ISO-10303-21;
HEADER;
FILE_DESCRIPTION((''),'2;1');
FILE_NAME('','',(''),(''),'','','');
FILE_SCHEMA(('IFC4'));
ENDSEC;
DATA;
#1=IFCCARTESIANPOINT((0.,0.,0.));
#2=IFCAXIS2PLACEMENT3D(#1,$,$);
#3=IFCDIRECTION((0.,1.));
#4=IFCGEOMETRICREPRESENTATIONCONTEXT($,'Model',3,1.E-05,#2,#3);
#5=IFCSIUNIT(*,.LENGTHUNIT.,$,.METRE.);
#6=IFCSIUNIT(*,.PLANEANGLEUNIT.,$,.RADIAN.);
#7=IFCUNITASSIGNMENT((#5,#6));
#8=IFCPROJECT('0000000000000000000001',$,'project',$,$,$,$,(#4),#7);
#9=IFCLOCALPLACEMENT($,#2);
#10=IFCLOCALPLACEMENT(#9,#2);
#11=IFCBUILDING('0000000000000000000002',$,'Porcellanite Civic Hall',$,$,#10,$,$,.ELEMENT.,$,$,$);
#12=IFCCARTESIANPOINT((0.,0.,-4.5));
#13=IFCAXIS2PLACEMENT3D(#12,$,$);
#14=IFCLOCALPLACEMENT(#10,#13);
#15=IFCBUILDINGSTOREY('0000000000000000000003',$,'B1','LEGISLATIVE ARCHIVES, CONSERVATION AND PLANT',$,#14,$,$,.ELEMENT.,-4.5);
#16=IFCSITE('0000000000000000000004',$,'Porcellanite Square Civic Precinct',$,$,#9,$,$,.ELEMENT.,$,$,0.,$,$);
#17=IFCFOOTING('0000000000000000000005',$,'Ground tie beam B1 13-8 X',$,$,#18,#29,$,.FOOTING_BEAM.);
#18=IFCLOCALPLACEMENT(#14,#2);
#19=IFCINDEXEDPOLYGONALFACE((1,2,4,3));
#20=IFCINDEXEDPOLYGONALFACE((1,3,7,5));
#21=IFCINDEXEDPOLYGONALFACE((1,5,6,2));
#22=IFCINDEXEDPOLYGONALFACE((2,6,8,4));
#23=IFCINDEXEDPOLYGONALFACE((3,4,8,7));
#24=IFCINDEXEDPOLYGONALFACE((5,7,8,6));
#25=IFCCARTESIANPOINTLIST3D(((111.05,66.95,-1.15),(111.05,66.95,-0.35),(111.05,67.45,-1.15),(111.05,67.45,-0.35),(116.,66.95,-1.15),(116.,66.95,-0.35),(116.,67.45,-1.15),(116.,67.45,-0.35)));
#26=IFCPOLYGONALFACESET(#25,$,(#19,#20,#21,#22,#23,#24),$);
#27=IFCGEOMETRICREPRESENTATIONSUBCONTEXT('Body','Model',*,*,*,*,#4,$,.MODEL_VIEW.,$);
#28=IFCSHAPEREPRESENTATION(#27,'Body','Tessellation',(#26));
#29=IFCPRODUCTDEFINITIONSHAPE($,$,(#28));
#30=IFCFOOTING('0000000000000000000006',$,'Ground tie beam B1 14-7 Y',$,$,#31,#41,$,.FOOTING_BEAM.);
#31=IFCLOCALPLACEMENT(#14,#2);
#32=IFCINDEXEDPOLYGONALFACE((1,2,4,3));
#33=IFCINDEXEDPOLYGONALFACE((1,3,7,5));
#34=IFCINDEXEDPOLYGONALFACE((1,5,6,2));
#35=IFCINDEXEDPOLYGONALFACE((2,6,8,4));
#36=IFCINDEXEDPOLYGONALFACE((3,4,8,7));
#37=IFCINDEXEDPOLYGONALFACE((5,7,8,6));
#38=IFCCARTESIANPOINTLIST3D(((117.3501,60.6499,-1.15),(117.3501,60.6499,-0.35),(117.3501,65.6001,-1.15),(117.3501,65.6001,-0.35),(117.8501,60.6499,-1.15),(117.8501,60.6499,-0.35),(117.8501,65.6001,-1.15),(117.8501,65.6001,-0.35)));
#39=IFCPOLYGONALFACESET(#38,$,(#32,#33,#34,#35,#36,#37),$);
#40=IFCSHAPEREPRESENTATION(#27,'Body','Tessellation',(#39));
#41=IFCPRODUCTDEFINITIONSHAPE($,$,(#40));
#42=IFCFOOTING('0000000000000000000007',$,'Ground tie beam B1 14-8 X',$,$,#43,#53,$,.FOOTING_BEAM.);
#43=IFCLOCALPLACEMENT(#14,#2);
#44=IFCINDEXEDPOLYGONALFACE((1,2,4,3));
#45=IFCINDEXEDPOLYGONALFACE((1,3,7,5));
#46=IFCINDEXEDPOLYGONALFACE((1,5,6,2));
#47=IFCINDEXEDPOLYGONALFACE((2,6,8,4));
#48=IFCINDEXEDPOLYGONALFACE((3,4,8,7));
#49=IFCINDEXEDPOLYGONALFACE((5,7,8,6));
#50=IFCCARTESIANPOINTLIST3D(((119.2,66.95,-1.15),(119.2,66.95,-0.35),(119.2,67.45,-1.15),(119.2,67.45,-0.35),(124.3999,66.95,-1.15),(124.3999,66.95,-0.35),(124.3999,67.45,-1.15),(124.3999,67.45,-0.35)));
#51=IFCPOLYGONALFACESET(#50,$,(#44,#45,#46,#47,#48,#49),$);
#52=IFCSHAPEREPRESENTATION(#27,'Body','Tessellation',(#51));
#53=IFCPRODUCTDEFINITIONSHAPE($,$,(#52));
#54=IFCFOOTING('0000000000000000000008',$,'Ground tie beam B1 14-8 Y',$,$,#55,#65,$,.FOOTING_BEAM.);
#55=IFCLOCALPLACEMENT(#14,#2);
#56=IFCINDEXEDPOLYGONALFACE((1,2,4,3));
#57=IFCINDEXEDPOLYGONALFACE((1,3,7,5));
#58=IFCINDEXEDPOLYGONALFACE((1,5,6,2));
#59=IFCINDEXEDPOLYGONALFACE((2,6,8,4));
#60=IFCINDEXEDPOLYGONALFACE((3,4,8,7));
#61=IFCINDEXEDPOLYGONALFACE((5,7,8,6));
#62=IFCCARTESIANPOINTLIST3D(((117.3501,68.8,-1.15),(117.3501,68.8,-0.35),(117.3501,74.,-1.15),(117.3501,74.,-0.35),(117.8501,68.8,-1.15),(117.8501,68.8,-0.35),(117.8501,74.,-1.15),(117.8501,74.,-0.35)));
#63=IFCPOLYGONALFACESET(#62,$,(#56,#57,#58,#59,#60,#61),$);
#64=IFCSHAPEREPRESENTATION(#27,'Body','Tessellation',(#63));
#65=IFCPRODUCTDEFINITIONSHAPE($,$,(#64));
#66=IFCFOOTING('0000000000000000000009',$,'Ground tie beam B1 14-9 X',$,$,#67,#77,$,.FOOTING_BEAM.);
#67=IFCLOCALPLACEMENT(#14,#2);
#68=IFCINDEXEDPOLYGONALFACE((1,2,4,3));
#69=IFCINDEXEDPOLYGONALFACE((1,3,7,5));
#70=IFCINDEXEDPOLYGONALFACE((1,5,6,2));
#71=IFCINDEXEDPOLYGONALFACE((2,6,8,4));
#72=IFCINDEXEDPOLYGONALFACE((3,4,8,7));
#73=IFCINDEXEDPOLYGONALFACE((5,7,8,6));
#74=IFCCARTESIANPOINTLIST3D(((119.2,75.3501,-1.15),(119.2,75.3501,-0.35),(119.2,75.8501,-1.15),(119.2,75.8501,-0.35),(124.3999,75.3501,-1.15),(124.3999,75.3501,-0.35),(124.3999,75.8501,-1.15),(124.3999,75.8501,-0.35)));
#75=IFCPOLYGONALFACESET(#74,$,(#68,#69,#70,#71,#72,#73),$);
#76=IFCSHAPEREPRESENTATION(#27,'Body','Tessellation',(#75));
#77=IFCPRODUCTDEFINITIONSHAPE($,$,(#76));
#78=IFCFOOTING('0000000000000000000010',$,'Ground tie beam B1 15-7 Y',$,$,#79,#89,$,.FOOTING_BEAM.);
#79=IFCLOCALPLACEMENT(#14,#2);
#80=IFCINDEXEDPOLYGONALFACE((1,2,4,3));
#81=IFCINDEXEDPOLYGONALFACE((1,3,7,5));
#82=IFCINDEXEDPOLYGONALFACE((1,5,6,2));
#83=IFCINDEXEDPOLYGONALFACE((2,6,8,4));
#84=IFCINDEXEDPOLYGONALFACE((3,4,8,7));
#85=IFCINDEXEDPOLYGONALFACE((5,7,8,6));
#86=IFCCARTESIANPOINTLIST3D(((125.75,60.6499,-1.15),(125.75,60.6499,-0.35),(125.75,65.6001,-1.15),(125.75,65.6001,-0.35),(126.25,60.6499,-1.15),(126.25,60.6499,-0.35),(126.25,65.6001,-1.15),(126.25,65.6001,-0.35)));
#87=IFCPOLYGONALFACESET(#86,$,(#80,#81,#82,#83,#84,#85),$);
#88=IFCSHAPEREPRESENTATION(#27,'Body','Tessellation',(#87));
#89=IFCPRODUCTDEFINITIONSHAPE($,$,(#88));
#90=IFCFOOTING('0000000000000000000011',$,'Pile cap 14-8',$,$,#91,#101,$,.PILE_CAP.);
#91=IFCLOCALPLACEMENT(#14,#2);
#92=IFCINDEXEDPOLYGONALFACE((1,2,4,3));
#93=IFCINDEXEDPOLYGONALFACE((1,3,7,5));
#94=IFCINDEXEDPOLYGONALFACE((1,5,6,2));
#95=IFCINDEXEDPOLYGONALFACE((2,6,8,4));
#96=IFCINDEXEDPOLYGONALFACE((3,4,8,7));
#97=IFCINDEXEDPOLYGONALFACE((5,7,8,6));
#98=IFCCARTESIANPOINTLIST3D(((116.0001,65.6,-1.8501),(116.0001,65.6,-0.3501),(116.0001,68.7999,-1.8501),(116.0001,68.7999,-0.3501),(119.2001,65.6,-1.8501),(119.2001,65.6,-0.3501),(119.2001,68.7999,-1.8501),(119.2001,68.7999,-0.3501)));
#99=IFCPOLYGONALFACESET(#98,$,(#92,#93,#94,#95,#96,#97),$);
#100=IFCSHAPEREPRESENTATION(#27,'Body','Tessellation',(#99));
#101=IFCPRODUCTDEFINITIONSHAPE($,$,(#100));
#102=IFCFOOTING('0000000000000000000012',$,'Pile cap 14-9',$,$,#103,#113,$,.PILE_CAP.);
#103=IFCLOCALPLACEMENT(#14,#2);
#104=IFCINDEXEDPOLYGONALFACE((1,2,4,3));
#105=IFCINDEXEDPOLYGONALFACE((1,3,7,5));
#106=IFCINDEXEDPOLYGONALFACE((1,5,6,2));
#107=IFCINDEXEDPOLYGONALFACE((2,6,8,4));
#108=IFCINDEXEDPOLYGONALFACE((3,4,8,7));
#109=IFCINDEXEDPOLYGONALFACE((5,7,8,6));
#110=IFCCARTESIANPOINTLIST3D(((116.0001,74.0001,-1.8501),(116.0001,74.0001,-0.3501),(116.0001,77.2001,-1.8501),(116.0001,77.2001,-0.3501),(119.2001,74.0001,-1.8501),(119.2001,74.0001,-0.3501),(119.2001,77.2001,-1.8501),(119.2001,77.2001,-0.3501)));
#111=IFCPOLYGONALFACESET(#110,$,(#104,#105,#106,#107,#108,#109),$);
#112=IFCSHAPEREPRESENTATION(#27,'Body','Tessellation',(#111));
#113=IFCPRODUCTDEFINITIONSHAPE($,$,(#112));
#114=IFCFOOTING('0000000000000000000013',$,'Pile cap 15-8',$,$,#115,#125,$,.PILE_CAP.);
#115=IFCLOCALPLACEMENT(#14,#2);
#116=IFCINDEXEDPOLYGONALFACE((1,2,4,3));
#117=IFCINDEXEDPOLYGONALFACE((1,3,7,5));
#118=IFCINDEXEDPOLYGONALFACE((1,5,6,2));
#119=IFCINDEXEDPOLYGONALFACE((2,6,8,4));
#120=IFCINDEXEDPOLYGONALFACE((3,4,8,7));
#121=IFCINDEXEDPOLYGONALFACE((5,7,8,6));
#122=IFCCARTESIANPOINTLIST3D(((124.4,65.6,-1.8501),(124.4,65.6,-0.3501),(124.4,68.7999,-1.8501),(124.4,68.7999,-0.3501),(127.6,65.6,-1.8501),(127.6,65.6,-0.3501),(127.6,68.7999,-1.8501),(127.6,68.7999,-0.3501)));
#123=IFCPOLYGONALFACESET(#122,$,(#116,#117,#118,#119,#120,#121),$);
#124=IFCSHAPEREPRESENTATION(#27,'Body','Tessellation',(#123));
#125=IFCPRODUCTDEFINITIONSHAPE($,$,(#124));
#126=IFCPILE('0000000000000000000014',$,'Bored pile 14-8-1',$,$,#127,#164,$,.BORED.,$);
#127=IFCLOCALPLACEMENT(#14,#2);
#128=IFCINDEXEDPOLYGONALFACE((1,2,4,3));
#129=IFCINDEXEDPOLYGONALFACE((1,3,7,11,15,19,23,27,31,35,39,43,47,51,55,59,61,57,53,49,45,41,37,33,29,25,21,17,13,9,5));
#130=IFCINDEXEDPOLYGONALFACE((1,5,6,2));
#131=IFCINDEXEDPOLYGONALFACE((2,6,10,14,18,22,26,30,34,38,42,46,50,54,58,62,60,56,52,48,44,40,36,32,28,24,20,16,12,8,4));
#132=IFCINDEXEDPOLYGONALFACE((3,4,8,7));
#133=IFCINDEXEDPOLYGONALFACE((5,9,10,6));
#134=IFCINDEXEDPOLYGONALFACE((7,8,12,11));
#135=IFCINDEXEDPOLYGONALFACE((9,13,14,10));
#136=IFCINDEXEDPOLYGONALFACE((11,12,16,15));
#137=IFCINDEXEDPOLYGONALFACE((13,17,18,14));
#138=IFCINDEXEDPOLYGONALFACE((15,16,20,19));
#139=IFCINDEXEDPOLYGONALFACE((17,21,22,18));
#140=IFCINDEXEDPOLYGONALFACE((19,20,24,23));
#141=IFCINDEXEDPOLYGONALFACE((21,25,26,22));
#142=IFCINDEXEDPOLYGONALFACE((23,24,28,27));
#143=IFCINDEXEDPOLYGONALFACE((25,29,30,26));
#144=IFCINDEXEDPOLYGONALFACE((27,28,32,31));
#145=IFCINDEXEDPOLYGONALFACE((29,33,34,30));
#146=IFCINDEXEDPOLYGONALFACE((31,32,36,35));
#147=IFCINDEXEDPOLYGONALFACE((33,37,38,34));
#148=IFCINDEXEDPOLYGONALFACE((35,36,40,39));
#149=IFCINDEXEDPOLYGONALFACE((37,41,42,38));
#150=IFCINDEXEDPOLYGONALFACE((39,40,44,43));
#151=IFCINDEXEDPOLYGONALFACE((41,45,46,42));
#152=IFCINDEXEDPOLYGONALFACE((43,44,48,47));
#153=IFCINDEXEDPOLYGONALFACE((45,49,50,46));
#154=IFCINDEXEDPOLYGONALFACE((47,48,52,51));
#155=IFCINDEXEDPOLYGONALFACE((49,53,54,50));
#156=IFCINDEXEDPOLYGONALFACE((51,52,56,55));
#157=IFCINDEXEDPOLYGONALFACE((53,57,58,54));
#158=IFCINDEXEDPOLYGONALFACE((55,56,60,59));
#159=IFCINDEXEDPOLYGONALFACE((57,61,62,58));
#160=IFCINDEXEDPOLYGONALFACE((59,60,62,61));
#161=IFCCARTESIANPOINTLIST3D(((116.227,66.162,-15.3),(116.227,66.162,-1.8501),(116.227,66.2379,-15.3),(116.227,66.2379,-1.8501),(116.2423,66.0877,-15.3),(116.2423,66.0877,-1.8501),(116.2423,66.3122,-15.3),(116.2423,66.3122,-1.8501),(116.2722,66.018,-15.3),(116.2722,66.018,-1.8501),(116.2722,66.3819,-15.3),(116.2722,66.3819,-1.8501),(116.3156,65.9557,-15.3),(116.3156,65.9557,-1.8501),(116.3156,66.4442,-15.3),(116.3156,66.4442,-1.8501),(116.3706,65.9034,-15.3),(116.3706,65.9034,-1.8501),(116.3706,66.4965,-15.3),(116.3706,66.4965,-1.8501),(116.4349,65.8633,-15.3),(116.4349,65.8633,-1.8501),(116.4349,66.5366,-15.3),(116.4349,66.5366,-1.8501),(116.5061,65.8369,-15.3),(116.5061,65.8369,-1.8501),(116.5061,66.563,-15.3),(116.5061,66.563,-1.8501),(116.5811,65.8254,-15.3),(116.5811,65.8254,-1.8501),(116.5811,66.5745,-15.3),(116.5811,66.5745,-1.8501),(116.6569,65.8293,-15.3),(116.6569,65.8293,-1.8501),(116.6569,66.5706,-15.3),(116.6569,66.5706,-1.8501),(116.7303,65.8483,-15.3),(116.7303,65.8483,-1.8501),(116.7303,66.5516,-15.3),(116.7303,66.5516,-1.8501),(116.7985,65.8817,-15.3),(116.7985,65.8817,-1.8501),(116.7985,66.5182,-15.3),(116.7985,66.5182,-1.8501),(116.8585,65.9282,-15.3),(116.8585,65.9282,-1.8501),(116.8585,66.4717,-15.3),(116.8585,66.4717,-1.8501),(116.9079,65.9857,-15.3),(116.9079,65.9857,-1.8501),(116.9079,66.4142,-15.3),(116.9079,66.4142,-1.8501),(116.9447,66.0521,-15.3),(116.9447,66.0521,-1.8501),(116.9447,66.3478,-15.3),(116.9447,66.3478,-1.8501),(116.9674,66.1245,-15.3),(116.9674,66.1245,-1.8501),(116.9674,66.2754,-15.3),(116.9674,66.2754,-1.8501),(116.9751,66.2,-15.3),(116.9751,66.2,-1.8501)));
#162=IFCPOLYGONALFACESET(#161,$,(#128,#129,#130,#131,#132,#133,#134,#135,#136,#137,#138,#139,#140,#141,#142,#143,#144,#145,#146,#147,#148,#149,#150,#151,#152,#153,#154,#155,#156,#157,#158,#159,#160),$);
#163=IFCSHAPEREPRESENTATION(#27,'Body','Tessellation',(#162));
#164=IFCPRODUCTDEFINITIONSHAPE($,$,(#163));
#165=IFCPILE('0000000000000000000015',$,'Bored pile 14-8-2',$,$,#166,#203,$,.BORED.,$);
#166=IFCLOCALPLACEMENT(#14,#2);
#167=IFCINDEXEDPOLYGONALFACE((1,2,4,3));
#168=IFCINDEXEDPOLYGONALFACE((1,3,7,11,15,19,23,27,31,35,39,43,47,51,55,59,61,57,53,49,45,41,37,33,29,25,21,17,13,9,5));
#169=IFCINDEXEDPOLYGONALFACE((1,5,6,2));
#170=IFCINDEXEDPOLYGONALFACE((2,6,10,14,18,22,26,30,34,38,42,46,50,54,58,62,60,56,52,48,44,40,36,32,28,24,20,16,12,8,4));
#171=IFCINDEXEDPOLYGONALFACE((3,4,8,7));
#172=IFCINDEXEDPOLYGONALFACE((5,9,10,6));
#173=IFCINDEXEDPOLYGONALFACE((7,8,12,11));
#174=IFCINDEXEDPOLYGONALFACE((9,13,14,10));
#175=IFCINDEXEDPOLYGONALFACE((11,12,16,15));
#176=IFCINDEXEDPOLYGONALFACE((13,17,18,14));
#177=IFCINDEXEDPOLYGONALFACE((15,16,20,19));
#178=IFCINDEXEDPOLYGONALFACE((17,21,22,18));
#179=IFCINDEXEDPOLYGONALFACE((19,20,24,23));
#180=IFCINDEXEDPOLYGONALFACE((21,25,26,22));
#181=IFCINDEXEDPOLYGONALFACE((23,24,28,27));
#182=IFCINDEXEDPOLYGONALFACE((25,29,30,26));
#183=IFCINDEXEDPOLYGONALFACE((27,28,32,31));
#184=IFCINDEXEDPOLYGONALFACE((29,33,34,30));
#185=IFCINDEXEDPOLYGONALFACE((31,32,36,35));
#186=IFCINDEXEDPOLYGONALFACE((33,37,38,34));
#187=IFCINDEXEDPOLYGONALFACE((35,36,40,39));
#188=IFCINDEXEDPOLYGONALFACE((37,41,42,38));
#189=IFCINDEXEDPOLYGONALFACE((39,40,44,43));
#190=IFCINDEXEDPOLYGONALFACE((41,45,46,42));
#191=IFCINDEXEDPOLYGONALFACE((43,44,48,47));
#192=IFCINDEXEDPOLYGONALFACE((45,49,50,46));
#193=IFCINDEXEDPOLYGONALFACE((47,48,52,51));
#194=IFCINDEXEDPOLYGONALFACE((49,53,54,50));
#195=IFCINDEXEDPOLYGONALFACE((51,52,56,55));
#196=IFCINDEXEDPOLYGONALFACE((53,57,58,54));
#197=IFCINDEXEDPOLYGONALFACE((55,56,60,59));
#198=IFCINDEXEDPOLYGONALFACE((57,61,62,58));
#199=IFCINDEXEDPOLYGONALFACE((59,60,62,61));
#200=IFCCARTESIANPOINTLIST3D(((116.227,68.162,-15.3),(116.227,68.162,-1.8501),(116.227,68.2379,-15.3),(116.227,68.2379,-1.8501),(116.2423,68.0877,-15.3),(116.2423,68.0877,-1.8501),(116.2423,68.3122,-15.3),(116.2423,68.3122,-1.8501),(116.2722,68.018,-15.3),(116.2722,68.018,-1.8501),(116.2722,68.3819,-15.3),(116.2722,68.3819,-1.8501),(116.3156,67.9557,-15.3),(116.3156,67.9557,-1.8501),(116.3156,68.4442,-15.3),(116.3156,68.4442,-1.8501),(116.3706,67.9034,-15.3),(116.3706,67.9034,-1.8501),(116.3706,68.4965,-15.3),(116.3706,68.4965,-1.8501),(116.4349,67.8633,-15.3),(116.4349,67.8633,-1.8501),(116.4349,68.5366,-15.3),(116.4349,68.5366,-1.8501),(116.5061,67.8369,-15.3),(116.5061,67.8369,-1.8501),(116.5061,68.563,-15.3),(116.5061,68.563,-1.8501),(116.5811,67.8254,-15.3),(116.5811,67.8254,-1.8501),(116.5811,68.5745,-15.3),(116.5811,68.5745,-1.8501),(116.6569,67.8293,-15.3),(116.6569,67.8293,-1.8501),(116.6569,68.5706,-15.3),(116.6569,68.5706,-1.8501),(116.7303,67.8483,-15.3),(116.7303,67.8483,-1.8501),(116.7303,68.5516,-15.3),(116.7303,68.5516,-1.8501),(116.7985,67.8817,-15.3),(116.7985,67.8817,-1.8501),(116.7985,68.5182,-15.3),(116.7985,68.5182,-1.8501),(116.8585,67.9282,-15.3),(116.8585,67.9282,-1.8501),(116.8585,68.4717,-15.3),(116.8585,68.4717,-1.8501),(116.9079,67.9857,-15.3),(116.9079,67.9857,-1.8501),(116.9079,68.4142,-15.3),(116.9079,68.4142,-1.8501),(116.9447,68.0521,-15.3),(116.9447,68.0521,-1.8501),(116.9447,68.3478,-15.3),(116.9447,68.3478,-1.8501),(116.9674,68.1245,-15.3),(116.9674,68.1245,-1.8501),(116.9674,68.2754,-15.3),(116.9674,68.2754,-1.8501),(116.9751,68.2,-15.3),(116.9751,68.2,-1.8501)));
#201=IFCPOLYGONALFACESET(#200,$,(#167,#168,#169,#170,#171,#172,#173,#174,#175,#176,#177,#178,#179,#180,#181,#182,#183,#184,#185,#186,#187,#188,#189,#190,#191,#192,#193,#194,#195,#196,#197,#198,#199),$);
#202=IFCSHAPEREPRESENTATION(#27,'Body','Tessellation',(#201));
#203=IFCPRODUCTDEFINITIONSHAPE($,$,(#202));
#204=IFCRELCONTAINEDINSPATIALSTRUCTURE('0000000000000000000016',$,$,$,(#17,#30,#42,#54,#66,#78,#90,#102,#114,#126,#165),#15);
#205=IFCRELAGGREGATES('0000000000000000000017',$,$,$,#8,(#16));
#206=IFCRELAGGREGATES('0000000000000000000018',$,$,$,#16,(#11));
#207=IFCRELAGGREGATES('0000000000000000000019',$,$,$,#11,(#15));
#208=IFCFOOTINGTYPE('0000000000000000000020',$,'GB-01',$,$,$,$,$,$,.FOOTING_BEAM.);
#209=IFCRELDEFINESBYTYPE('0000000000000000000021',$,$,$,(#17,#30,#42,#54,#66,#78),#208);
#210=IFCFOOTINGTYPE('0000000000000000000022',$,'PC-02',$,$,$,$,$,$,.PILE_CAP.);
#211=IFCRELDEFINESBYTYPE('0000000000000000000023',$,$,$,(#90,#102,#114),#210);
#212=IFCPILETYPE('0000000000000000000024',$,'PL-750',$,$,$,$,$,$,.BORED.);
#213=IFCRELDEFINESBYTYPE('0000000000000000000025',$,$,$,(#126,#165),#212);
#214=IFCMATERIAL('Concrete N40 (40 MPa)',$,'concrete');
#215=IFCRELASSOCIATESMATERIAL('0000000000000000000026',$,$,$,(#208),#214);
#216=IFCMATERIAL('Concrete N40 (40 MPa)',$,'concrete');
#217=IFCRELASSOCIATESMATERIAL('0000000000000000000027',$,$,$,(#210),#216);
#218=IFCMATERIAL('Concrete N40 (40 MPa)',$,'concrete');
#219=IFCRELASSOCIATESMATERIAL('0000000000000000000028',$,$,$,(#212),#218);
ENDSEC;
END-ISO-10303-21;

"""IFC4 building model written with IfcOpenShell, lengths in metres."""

from ifc_helpers import new_model, si_unit, direction, frame, origin, origin_2d, place, context, subcontext, project, spatial, rectangle, circle, extrude, material, material_profile, profile_set, type_object, element, save


model = new_model("IFC4")

# Units and contexts
model_context = context("Model", 3, precision=1e-05, world=origin(), true_north=direction((0.0, 1.0)))
body_context = subcontext(model_context, "Body", "Model", "MODEL_VIEW")
ifc_project = project(units=[si_unit("LENGTHUNIT", "METRE"), si_unit("PLANEANGLEUNIT", "RADIAN")], contexts=[model_context])

# Site, building, storey
site_placement = place(None, origin())
site = spatial("IfcSite", under=ifc_project, at=site_placement, Name="Porcellanite Square Civic Precinct", CompositionType="ELEMENT", RefElevation=0.0)
building_placement = place(site_placement, origin())
building = spatial("IfcBuilding", under=site, at=building_placement, Name="Porcellanite Civic Hall", CompositionType="ELEMENT")
storey_placement = place(building_placement, frame((0.0, 0.0, -4.5)))
storey = spatial("IfcBuildingStorey", under=building, at=storey_placement, Name="B1", Description="LEGISLATIVE ARCHIVES, CONSERVATION AND PLANT", CompositionType="ELEMENT", Elevation=-4.5)

# Footings
ifc_material_1 = material(Name="Concrete N40 (40 MPa)", Category="concrete")
ifc_material_profile_1 = material_profile(ifc_material_1, rectangle(XDim=0.5, YDim=0.8, at=origin_2d()), Name="RC-500x800")
ifc_profile_set_1 = profile_set([ifc_material_profile_1], Name="Concrete N40 (40 MPa)")
footing_type_1 = type_object("IfcFootingType", Name="GB-01", PredefinedType="FOOTING_BEAM", material=ifc_profile_set_1)
footing_1_placement = place(storey_placement, frame((111.05, 67.2, -0.75), z_axis=(1.0, 0.0, 0.0), x_axis=(0.0, 1.0, 0.0)))
element("IfcFooting", 1, at=footing_1_placement, inside=storey, type_object=footing_type_1, Name="Ground tie beam B1 13-8 X", PredefinedType="FOOTING_BEAM", context=body_context, shape_type="SweptSolid", body=[
    extrude(rectangle(XDim=0.5, YDim=0.8, at=origin_2d()), origin(), (0.0, 0.0, 1.0), 4.95),
])
footing_2_placement = place(storey_placement, frame((117.6001, 60.6499, -0.75), z_axis=(0.0, 1.0, 0.0), x_axis=(-1.0, 0.0, 0.0)))
element("IfcFooting", 2, at=footing_2_placement, inside=storey, type_object=footing_type_1, Name="Ground tie beam B1 14-7 Y", PredefinedType="FOOTING_BEAM", context=body_context, shape_type="SweptSolid", body=[
    extrude(rectangle(XDim=0.5, YDim=0.8, at=origin_2d()), origin(), (0.0, 0.0, 1.0), 4.9502),
])
for number, where, z_axis, x_axis, name in (
    (3, (119.2, 67.2, -0.75), (1.0, 0.0, 0.0), (0.0, 1.0, 0.0), "Ground tie beam B1 14-8 X"),
    (4, (117.6001, 68.8, -0.75), (0.0, 1.0, 0.0), (-1.0, 0.0, 0.0), "Ground tie beam B1 14-8 Y"),
    (5, (119.2, 75.6001, -0.75), (1.0, 0.0, 0.0), (0.0, 1.0, 0.0), "Ground tie beam B1 14-9 X"),
):
    element("IfcFooting", number, at=place(storey_placement, frame(where, z_axis=z_axis, x_axis=x_axis)), inside=storey, type_object=footing_type_1, Name=name, PredefinedType="FOOTING_BEAM", context=body_context, shape_type="SweptSolid", body=[
        extrude(rectangle(XDim=0.5, YDim=0.8, at=origin_2d()), origin(), (0.0, 0.0, 1.0), 5.2),
    ])
footing_3_placement = place(storey_placement, frame((126.0, 60.6499, -0.75), z_axis=(0.0, 1.0, 0.0), x_axis=(-1.0, 0.0, 0.0)))
element("IfcFooting", 6, at=footing_3_placement, inside=storey, type_object=footing_type_1, Name="Ground tie beam B1 15-7 Y", PredefinedType="FOOTING_BEAM", context=body_context, shape_type="SweptSolid", body=[
    extrude(rectangle(XDim=0.5, YDim=0.8, at=origin_2d()), origin(), (0.0, 0.0, 1.0), 4.9502),
])
ifc_material_2 = material(Name="Concrete N40 (40 MPa)", Category="concrete")
footing_type_2 = type_object("IfcFootingType", Name="PC-02", PredefinedType="PILE_CAP", material=ifc_material_2)
for number, where, z_axis, x_axis, name in (
    (7, (117.6001, 67.2, -1.8501), (0.0, 0.0, 1.0), (1.0, 0.0, 0.0), "Pile cap 14-8"),
    (8, (117.6001, 75.6001, -1.8501), (0.0, 0.0, 1.0), (1.0, 0.0, 0.0), "Pile cap 14-9"),
    (9, (126.0, 67.2, -1.8501), (0.0, 0.0, 1.0), (1.0, 0.0, 0.0), "Pile cap 15-8"),
):
    element("IfcFooting", number, at=place(storey_placement, frame(where, z_axis=z_axis, x_axis=x_axis)), inside=storey, type_object=footing_type_2, Name=name, PredefinedType="PILE_CAP", context=body_context, shape_type="SweptSolid", body=[
        extrude(rectangle(XDim=3.2, YDim=3.2, at=origin_2d()), origin(), (0.0, 0.0, 1.0), 1.5),
    ])

# Piles
ifc_material_3 = material(Name="Concrete N40 (40 MPa)", Category="concrete")
ifc_material_profile_2 = material_profile(ifc_material_3, circle(Radius=0.375, at=origin_2d()), Name="PILE-D750")
ifc_profile_set_2 = profile_set([ifc_material_profile_2], Name="Concrete N40 (40 MPa)")
pile_type_1 = type_object("IfcPileType", Name="PL-750", PredefinedType="BORED", material=ifc_profile_set_2)
for number, where, z_axis, x_axis, name in (
    (10, (116.6001, 66.2, -1.8501), (0.0, 0.0, -1.0), (1.0, 0.0, 0.0), "Bored pile 14-8-1"),
    (11, (116.6001, 68.2, -1.8501), (0.0, 0.0, -1.0), (1.0, 0.0, 0.0), "Bored pile 14-8-2"),
):
    element("IfcPile", number, at=place(storey_placement, frame(where, z_axis=z_axis, x_axis=x_axis)), inside=storey, type_object=pile_type_1, Name=name, PredefinedType="BORED", context=body_context, shape_type="SweptSolid", body=[
        extrude(circle(Radius=0.375, at=origin_2d()), origin(), (0.0, 0.0, 1.0), 13.45),
    ])

save(model, "model.ifc")
